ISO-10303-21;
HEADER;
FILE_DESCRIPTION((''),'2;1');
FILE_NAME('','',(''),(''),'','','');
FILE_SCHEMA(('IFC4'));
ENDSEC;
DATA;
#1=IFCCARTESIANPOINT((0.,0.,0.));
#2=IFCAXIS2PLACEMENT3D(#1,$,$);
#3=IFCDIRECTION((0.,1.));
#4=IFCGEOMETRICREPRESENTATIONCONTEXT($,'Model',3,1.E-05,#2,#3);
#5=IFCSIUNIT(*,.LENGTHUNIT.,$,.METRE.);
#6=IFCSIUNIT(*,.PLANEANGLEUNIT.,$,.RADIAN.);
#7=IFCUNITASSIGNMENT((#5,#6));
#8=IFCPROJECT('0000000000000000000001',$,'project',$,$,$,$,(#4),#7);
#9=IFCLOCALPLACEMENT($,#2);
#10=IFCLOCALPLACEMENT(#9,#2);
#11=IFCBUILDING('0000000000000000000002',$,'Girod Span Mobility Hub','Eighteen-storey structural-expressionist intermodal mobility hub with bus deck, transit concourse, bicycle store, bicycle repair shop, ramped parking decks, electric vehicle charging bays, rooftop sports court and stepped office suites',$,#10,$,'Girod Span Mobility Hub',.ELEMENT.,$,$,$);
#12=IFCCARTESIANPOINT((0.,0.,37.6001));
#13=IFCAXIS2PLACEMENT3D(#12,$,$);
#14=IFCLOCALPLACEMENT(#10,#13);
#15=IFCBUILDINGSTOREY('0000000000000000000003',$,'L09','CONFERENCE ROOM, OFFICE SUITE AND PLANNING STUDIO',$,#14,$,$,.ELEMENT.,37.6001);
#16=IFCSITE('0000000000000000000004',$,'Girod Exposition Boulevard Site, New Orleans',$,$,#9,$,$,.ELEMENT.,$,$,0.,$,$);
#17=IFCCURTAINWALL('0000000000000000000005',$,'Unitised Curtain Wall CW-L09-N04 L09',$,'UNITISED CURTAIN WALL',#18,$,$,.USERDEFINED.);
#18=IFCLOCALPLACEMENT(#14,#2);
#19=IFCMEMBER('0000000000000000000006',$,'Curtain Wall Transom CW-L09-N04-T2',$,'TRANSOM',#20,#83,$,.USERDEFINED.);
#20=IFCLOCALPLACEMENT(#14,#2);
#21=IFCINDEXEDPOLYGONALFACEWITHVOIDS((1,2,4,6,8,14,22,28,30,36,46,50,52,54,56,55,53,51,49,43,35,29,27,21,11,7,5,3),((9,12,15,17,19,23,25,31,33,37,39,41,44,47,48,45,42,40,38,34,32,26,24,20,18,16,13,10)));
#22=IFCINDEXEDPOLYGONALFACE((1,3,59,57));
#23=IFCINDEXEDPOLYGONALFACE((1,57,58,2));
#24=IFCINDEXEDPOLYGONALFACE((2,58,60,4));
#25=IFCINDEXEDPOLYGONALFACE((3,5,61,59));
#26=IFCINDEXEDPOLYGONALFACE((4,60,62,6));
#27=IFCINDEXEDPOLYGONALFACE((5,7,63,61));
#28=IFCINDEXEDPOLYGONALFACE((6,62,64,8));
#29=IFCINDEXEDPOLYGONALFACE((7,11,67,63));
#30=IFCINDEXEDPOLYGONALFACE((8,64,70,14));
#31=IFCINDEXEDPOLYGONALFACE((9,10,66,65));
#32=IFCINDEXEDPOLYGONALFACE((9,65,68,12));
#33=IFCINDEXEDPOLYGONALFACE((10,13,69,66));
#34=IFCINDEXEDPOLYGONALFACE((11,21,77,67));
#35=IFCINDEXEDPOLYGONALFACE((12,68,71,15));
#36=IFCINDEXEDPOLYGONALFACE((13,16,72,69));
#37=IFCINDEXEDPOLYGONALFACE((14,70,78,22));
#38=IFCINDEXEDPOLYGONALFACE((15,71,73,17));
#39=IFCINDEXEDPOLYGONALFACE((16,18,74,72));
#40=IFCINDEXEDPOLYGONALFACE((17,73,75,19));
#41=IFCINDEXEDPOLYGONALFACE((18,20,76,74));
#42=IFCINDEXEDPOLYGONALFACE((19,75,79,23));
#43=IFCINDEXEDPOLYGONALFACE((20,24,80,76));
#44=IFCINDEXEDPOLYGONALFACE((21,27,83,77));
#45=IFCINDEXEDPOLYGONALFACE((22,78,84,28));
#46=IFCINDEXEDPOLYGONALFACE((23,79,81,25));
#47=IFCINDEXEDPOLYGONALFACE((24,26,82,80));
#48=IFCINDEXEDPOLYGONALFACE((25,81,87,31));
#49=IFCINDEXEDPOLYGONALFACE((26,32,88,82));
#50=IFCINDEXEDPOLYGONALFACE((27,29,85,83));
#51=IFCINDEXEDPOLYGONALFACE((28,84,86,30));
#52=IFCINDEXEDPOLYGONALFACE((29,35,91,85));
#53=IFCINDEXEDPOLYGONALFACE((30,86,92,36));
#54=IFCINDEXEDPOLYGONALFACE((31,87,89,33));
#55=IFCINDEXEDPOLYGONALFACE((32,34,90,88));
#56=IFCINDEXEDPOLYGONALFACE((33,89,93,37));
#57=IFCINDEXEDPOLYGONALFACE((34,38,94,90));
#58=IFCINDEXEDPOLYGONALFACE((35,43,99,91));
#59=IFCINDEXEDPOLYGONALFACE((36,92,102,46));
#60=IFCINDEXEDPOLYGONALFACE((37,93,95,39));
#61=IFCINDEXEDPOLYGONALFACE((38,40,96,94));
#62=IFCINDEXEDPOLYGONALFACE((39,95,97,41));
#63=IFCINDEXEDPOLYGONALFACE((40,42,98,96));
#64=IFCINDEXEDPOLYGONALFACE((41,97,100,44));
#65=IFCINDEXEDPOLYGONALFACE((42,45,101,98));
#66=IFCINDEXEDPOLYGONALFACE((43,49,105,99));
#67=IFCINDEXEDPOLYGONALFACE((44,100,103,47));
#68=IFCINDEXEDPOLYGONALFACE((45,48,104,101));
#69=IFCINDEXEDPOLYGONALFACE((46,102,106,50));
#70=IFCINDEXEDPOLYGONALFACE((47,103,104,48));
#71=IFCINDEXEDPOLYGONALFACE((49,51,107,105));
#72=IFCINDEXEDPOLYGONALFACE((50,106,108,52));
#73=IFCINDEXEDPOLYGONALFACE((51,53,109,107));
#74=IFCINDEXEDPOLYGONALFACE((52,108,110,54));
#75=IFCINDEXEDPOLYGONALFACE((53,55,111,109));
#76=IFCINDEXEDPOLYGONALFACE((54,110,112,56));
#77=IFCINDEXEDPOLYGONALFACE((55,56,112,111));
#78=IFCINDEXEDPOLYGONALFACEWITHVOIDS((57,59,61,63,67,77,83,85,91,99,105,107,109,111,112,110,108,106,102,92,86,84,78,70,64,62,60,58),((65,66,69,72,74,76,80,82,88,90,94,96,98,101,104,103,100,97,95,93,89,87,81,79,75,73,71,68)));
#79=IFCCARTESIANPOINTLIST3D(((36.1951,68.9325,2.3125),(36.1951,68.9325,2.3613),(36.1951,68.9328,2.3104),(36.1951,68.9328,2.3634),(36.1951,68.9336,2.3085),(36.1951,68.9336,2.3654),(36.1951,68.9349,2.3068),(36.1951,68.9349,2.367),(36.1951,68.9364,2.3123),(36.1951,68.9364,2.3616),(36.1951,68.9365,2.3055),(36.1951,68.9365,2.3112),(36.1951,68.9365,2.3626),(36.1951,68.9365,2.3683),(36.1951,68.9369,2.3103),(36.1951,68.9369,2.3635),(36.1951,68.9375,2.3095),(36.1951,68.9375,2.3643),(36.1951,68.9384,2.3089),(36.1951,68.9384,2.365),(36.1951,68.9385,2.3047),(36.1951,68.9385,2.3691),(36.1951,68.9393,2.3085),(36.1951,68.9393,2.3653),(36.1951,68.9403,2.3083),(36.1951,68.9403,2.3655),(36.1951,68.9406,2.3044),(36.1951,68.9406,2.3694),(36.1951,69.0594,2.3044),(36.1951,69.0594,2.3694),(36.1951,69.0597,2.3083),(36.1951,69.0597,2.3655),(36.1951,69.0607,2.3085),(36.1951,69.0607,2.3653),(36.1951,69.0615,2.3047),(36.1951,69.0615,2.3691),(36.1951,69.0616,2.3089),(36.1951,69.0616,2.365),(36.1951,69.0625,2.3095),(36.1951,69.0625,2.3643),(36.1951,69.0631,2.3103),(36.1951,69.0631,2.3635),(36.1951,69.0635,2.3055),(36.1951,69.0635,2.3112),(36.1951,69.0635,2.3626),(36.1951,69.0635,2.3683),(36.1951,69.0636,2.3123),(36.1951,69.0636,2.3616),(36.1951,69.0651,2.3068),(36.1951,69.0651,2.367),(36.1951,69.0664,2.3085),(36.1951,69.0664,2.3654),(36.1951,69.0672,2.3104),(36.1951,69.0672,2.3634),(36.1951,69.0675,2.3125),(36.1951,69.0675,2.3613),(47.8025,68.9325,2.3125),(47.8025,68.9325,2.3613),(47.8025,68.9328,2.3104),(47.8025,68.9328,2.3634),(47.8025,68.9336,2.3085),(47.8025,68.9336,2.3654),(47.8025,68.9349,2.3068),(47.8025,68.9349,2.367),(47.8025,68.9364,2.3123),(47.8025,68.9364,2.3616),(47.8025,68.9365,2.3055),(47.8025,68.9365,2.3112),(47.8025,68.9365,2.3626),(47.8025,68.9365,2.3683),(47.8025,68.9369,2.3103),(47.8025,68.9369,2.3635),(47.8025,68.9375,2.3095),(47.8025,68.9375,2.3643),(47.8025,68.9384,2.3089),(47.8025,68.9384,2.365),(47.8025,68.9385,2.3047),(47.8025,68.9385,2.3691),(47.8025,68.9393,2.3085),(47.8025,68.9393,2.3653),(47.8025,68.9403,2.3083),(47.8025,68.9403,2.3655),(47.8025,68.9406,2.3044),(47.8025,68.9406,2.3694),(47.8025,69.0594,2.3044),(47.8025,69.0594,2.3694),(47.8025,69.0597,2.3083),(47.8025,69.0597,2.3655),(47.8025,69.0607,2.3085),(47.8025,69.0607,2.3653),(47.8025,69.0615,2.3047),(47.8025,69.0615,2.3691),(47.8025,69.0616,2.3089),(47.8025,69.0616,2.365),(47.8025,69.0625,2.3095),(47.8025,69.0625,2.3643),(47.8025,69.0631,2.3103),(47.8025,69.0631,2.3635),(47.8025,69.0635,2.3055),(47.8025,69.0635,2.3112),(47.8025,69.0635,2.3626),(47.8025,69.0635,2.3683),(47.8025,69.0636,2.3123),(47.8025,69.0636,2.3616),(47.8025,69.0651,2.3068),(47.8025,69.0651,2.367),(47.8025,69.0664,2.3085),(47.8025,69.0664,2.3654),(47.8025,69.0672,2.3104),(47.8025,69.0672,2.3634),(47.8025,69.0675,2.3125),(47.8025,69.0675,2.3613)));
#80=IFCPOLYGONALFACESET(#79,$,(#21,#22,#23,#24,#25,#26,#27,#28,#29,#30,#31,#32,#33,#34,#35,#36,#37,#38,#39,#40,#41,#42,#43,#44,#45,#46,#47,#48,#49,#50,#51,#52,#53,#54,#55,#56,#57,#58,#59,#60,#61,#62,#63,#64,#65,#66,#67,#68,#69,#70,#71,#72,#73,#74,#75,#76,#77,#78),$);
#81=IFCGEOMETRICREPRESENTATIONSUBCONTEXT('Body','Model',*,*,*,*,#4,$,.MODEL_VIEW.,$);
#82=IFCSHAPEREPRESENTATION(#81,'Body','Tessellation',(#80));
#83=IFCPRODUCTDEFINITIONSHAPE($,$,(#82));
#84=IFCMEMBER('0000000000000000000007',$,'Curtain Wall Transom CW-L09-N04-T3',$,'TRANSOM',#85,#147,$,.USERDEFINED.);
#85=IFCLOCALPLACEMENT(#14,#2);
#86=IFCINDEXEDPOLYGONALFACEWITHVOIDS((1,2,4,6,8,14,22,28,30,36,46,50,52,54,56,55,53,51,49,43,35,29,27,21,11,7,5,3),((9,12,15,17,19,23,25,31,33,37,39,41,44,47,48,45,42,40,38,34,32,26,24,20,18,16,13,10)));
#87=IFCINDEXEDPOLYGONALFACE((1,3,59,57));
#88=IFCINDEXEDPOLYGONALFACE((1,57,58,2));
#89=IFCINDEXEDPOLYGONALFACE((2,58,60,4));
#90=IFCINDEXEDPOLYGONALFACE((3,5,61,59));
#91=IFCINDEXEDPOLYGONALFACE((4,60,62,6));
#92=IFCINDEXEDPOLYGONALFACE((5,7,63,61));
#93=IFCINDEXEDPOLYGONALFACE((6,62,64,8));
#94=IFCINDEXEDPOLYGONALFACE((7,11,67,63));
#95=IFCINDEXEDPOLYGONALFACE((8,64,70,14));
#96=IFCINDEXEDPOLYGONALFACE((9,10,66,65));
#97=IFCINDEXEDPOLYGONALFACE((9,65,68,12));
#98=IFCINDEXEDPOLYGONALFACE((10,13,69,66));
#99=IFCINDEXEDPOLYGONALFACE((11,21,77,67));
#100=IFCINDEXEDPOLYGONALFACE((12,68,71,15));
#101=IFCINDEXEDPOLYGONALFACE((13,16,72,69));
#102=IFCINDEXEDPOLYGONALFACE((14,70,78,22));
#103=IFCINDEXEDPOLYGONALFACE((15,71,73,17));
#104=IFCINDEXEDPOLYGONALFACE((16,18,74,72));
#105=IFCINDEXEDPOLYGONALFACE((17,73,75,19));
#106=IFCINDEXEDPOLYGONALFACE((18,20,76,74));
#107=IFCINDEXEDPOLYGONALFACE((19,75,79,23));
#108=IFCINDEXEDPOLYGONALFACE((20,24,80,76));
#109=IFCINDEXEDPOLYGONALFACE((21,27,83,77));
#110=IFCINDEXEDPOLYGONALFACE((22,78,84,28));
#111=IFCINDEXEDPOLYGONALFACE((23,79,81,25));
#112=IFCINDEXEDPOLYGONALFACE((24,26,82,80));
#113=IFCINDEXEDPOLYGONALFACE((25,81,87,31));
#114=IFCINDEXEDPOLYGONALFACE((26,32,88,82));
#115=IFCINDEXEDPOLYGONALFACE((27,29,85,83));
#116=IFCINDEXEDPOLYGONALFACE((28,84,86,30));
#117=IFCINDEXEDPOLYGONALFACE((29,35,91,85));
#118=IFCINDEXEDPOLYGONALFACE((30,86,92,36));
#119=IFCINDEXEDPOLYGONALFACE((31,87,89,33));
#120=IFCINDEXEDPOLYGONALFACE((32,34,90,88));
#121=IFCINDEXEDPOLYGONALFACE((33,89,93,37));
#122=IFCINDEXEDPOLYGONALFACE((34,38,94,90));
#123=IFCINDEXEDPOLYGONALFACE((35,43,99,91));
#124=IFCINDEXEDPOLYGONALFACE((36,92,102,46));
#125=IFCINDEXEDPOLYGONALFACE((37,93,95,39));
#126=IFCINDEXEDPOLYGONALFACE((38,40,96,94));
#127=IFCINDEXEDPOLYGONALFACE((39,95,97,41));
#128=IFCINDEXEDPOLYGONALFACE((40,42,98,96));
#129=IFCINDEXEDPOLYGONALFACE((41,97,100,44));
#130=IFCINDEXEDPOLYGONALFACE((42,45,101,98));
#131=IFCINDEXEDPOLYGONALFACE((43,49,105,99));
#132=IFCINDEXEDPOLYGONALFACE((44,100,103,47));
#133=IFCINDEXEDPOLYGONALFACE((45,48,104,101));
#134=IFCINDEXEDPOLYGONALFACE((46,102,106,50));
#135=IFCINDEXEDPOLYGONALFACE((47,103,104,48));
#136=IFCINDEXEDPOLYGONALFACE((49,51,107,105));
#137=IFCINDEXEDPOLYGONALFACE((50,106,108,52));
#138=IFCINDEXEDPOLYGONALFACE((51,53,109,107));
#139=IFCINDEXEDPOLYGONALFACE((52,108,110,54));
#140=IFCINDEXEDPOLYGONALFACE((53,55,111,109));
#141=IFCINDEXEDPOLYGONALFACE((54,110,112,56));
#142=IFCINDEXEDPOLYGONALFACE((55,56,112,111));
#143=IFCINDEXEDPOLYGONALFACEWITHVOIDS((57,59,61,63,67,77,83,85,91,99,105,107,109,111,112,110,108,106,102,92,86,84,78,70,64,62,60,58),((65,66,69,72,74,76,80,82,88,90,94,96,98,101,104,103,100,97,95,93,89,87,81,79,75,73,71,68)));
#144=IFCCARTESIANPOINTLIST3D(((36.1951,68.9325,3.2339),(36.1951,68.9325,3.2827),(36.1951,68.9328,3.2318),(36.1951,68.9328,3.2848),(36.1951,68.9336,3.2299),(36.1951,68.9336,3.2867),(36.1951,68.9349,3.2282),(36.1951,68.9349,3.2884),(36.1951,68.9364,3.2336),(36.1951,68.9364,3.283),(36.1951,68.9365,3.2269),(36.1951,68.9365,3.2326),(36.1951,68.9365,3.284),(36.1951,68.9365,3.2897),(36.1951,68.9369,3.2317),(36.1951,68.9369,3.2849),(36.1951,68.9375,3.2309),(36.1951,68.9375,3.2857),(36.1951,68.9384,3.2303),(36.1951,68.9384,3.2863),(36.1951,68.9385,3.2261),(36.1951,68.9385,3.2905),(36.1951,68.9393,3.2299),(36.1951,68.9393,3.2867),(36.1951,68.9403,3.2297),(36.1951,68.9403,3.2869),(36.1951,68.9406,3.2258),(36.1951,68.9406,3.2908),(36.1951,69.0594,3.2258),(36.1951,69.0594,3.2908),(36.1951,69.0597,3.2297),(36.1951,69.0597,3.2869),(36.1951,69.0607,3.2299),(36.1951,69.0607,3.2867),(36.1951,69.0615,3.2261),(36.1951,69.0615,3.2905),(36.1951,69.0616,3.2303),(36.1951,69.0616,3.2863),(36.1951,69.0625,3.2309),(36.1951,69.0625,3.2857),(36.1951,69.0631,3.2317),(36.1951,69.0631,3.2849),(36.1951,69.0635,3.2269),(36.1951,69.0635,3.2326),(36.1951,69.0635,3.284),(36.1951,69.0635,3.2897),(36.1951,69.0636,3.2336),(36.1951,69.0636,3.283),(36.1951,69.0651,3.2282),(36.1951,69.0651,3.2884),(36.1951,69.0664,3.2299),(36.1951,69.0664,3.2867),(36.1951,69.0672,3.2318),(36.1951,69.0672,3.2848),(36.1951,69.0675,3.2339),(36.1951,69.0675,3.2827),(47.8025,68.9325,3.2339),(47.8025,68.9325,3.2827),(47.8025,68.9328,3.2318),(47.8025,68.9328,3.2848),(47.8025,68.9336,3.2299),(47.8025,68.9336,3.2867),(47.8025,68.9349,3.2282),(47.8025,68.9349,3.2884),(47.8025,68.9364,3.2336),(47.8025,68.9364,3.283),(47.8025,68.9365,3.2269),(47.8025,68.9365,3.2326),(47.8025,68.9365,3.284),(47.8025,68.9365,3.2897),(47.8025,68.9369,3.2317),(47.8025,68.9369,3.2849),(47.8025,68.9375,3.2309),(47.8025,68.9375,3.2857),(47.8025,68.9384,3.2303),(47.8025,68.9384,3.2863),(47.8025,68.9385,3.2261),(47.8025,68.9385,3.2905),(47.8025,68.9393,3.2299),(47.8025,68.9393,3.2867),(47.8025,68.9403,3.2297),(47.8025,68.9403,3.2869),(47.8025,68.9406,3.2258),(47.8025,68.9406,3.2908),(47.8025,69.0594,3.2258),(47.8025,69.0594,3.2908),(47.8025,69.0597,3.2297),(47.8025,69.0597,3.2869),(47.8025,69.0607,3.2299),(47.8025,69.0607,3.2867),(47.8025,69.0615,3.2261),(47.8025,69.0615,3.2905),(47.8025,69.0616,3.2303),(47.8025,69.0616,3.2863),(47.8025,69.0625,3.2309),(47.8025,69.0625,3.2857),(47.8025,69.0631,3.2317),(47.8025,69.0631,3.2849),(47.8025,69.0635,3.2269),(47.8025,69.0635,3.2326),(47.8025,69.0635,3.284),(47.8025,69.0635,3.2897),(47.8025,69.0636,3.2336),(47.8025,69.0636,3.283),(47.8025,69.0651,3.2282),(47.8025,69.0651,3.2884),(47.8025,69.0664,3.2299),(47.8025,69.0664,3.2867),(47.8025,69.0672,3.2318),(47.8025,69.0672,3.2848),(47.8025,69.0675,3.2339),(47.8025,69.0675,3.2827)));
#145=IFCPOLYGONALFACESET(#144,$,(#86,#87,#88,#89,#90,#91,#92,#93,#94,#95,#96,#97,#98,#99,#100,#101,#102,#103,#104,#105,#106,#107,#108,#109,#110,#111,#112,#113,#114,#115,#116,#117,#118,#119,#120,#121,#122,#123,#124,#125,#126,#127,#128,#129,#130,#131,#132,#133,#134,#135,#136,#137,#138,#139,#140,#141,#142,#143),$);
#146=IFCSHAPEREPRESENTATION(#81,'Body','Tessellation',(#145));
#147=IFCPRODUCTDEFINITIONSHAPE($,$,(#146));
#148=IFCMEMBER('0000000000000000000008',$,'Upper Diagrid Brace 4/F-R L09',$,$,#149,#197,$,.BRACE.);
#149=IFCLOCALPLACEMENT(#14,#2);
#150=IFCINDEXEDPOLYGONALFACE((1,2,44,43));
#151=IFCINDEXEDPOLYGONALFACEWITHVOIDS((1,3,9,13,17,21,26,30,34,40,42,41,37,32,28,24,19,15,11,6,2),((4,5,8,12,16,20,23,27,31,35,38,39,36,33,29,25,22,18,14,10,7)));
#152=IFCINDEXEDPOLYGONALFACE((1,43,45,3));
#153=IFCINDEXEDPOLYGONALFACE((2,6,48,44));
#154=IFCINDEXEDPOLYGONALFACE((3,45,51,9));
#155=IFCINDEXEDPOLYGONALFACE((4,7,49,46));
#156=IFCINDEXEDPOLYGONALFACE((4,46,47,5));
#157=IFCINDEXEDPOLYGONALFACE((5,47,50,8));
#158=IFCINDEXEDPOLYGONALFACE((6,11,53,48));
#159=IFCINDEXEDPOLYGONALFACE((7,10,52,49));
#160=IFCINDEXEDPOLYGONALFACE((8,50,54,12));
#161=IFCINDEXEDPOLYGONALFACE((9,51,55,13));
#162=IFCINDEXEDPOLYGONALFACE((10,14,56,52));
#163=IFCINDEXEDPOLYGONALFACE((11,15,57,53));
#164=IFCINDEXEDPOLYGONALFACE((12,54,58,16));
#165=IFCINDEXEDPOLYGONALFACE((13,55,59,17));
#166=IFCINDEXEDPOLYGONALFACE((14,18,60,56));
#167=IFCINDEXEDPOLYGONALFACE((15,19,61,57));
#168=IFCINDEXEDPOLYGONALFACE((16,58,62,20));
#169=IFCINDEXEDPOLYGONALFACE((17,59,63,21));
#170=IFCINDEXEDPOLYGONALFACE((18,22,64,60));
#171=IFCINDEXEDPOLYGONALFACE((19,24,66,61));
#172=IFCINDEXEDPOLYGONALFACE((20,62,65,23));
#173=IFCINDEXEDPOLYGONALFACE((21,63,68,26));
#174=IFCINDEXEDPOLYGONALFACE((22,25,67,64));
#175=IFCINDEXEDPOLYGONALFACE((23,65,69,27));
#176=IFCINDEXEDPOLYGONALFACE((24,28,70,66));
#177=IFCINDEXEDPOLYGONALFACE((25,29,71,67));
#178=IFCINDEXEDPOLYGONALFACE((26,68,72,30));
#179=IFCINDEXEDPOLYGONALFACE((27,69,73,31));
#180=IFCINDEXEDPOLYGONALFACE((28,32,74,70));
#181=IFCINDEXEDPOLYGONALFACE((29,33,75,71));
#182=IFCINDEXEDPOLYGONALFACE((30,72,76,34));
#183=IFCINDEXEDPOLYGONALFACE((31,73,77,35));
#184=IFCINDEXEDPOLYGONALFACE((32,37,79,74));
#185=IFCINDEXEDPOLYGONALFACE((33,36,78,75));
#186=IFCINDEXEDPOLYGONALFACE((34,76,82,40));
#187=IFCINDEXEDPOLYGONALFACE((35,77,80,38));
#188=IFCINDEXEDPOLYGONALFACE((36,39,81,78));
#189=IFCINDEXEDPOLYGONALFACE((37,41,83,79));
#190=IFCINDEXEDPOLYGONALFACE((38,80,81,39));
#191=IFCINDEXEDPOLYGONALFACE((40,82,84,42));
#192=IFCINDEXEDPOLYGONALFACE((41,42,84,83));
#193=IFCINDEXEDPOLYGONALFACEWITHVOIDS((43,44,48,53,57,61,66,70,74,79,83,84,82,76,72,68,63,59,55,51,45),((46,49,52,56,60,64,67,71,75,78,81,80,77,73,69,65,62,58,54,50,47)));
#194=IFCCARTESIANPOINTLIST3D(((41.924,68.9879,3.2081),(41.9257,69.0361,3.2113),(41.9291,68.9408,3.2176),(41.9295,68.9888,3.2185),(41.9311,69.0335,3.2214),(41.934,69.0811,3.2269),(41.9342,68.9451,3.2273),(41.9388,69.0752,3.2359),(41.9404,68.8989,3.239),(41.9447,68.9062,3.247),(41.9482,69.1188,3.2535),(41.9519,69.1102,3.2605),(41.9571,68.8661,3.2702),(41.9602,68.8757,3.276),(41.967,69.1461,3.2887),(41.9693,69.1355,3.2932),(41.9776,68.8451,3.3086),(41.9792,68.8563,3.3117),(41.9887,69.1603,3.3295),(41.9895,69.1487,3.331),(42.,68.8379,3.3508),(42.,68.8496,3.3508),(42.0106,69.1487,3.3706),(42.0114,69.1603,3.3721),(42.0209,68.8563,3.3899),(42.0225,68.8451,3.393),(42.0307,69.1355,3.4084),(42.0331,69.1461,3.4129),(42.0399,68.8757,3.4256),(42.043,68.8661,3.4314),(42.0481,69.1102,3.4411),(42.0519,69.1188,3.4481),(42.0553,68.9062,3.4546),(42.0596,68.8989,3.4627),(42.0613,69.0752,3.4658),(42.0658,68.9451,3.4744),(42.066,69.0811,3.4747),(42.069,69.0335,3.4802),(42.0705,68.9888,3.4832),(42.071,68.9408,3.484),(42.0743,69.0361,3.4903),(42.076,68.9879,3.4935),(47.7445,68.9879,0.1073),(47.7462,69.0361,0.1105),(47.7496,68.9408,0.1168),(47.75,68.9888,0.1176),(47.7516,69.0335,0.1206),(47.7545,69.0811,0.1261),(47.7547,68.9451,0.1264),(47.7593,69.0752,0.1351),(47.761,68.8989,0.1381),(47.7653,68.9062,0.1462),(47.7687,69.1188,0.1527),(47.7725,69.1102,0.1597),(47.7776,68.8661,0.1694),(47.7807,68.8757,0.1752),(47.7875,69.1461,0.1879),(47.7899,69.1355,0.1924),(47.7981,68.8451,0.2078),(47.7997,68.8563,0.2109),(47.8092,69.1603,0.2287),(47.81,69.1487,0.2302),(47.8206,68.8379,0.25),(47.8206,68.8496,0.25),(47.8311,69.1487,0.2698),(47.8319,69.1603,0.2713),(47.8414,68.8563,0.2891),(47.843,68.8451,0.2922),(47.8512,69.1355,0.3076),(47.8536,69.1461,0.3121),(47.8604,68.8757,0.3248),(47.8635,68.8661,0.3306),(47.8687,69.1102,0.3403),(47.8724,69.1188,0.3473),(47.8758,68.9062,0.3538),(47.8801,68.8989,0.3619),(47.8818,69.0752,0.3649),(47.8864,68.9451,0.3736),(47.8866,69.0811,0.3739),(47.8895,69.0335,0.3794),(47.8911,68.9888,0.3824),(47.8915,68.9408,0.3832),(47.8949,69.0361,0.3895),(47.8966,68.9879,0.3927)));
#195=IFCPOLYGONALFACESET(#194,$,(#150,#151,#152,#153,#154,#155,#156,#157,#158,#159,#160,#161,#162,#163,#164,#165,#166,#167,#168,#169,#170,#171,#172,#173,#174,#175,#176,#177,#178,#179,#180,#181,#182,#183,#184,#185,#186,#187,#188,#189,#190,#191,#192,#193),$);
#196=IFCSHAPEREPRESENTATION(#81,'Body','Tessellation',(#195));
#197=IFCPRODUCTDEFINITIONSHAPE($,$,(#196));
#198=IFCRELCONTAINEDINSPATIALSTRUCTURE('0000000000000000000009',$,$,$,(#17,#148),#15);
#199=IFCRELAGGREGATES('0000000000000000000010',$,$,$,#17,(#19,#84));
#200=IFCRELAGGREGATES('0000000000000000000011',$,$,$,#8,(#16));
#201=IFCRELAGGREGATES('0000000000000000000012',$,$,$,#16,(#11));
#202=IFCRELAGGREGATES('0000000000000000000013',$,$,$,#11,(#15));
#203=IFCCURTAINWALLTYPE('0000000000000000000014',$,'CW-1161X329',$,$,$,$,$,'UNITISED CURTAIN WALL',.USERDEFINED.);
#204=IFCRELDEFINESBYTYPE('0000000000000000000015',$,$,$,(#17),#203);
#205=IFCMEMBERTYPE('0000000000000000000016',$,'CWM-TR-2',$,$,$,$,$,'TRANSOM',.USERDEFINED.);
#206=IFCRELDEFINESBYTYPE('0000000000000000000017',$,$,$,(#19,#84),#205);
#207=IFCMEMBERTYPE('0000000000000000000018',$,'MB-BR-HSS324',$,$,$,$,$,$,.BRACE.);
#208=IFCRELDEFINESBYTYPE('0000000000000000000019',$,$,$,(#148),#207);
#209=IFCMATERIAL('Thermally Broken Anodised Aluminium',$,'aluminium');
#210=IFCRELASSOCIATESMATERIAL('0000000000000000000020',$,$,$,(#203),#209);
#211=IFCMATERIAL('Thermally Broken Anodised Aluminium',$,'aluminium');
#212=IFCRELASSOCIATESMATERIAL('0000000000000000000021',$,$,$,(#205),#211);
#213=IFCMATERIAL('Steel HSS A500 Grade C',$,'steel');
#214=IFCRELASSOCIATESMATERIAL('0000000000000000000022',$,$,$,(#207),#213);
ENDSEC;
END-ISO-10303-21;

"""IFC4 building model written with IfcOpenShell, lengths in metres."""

from ifc_helpers import new_model, si_unit, direction, frame, origin, origin_2d, place, context, subcontext, project, spatial, hollow_rectangle, hollow_circle, extrude, material, material_profile, profile_set, type_object, element, aggregate, save


model = new_model("IFC4")

# Units and contexts
model_context = context("Model", 3, precision=1e-05, world=origin(), true_north=direction((0.0, 1.0)))
body_context = subcontext(model_context, "Body", "Model", "MODEL_VIEW")
ifc_project = project(units=[si_unit("LENGTHUNIT", "METRE"), si_unit("PLANEANGLEUNIT", "RADIAN")], contexts=[model_context])

# Site, building, storey
site_placement = place(None, origin())
site = spatial("IfcSite", under=ifc_project, at=site_placement, Name="Girod Exposition Boulevard Site, New Orleans", CompositionType="ELEMENT", RefElevation=0.0)
building_placement = place(site_placement, origin())
building = spatial("IfcBuilding", under=site, at=building_placement, Name="Girod Span Mobility Hub", Description="Eighteen-storey structural-expressionist intermodal mobility hub with bus deck, transit concourse, bicycle store, bicycle repair shop, ramped parking decks, electric vehicle charging bays, rooftop sports court and stepped office suites", LongName="Girod Span Mobility Hub", CompositionType="ELEMENT")
storey_placement = place(building_placement, frame((0.0, 0.0, 37.6001)))
storey = spatial("IfcBuildingStorey", under=building, at=storey_placement, Name="L09", Description="CONFERENCE ROOM, OFFICE SUITE AND PLANNING STUDIO", CompositionType="ELEMENT", Elevation=37.6001)

# Curtain wall, members
ifc_material_1 = material(Name="Thermally Broken Anodised Aluminium", Category="aluminium")
curtain_wall_type = type_object("IfcCurtainWallType", Name="CW-1161X329", ElementType="UNITISED CURTAIN WALL", PredefinedType="USERDEFINED", material=ifc_material_1)
curtain_wall_placement = place(storey_placement, origin())
curtain_wall = element("IfcCurtainWall", 1, at=curtain_wall_placement, inside=storey, type_object=curtain_wall_type, Name="Unitised Curtain Wall CW-L09-N04 L09", ObjectType="UNITISED CURTAIN WALL", PredefinedType="USERDEFINED")
ifc_material_2 = material(Name="Thermally Broken Anodised Aluminium", Category="aluminium")
ifc_material_profile_1 = material_profile(ifc_material_2, hollow_rectangle(XDim=0.135, YDim=0.0649, WallThickness=0.0039, InnerFilletRadius=0.0039, OuterFilletRadius=0.0081, at=origin_2d()), Name="CW-TR-65X135")
ifc_profile_set_1 = profile_set([ifc_material_profile_1], Name="Thermally Broken Anodised Aluminium")
member_type_1 = type_object("IfcMemberType", Name="CWM-TR-2", ElementType="TRANSOM", PredefinedType="USERDEFINED", material=ifc_profile_set_1)
member_1_placement = place(storey_placement, frame((36.1951, 69.0, 2.3369), z_axis=(1.0, 0.0, 0.0), x_axis=(0.0, 1.0, 0.0)))
member_1 = element("IfcMember", 2, at=member_1_placement, type_object=member_type_1, Name="Curtain Wall Transom CW-L09-N04-T2", ObjectType="TRANSOM", PredefinedType="USERDEFINED", context=body_context, shape_type="SweptSolid", body=[
    extrude(hollow_rectangle(XDim=0.135, YDim=0.0649, WallThickness=0.0039, InnerFilletRadius=0.0039, OuterFilletRadius=0.0081, at=origin_2d()), origin(), (0.0, 0.0, 1.0), 11.6074),
])
member_2_placement = place(storey_placement, frame((36.1951, 69.0, 3.2583), z_axis=(1.0, 0.0, 0.0), x_axis=(0.0, 1.0, 0.0)))
member_2 = element("IfcMember", 3, at=member_2_placement, type_object=member_type_1, Name="Curtain Wall Transom CW-L09-N04-T3", ObjectType="TRANSOM", PredefinedType="USERDEFINED", context=body_context, shape_type="SweptSolid", body=[
    extrude(hollow_rectangle(XDim=0.135, YDim=0.0649, WallThickness=0.0039, InnerFilletRadius=0.0039, OuterFilletRadius=0.0081, at=origin_2d()), origin(), (0.0, 0.0, 1.0), 11.6074),
])

# Member
ifc_material_3 = material(Name="Steel HSS A500 Grade C", Category="steel")
ifc_material_profile_2 = material_profile(ifc_material_3, hollow_circle(Radius=0.1621, WallThickness=0.0117, at=origin_2d()), Name="HSS324X12.7")
ifc_profile_set_2 = profile_set([ifc_material_profile_2], Name="Steel HSS A500 Grade C")
member_type_2 = type_object("IfcMemberType", Name="MB-BR-HSS324", PredefinedType="BRACE", material=ifc_profile_set_2)
member_3_placement = place(storey_placement, frame((47.8206, 69.0, 0.25), z_axis=(-0.882571, 0.0, 0.470179), x_axis=(0.0, -1.0, 0.0)))
element("IfcMember", 4, at=member_3_placement, inside=storey, type_object=member_type_2, Name="Upper Diagrid Brace 4/F-R L09", PredefinedType="BRACE", context=body_context, shape_type="SweptSolid", body=[
    extrude(hollow_circle(Radius=0.1621, WallThickness=0.0117, at=origin_2d()), origin(), (0.0, 0.0, 1.0), 6.595),
])

aggregate(curtain_wall, [member_1, member_2])

save(model, "model.ifc")
